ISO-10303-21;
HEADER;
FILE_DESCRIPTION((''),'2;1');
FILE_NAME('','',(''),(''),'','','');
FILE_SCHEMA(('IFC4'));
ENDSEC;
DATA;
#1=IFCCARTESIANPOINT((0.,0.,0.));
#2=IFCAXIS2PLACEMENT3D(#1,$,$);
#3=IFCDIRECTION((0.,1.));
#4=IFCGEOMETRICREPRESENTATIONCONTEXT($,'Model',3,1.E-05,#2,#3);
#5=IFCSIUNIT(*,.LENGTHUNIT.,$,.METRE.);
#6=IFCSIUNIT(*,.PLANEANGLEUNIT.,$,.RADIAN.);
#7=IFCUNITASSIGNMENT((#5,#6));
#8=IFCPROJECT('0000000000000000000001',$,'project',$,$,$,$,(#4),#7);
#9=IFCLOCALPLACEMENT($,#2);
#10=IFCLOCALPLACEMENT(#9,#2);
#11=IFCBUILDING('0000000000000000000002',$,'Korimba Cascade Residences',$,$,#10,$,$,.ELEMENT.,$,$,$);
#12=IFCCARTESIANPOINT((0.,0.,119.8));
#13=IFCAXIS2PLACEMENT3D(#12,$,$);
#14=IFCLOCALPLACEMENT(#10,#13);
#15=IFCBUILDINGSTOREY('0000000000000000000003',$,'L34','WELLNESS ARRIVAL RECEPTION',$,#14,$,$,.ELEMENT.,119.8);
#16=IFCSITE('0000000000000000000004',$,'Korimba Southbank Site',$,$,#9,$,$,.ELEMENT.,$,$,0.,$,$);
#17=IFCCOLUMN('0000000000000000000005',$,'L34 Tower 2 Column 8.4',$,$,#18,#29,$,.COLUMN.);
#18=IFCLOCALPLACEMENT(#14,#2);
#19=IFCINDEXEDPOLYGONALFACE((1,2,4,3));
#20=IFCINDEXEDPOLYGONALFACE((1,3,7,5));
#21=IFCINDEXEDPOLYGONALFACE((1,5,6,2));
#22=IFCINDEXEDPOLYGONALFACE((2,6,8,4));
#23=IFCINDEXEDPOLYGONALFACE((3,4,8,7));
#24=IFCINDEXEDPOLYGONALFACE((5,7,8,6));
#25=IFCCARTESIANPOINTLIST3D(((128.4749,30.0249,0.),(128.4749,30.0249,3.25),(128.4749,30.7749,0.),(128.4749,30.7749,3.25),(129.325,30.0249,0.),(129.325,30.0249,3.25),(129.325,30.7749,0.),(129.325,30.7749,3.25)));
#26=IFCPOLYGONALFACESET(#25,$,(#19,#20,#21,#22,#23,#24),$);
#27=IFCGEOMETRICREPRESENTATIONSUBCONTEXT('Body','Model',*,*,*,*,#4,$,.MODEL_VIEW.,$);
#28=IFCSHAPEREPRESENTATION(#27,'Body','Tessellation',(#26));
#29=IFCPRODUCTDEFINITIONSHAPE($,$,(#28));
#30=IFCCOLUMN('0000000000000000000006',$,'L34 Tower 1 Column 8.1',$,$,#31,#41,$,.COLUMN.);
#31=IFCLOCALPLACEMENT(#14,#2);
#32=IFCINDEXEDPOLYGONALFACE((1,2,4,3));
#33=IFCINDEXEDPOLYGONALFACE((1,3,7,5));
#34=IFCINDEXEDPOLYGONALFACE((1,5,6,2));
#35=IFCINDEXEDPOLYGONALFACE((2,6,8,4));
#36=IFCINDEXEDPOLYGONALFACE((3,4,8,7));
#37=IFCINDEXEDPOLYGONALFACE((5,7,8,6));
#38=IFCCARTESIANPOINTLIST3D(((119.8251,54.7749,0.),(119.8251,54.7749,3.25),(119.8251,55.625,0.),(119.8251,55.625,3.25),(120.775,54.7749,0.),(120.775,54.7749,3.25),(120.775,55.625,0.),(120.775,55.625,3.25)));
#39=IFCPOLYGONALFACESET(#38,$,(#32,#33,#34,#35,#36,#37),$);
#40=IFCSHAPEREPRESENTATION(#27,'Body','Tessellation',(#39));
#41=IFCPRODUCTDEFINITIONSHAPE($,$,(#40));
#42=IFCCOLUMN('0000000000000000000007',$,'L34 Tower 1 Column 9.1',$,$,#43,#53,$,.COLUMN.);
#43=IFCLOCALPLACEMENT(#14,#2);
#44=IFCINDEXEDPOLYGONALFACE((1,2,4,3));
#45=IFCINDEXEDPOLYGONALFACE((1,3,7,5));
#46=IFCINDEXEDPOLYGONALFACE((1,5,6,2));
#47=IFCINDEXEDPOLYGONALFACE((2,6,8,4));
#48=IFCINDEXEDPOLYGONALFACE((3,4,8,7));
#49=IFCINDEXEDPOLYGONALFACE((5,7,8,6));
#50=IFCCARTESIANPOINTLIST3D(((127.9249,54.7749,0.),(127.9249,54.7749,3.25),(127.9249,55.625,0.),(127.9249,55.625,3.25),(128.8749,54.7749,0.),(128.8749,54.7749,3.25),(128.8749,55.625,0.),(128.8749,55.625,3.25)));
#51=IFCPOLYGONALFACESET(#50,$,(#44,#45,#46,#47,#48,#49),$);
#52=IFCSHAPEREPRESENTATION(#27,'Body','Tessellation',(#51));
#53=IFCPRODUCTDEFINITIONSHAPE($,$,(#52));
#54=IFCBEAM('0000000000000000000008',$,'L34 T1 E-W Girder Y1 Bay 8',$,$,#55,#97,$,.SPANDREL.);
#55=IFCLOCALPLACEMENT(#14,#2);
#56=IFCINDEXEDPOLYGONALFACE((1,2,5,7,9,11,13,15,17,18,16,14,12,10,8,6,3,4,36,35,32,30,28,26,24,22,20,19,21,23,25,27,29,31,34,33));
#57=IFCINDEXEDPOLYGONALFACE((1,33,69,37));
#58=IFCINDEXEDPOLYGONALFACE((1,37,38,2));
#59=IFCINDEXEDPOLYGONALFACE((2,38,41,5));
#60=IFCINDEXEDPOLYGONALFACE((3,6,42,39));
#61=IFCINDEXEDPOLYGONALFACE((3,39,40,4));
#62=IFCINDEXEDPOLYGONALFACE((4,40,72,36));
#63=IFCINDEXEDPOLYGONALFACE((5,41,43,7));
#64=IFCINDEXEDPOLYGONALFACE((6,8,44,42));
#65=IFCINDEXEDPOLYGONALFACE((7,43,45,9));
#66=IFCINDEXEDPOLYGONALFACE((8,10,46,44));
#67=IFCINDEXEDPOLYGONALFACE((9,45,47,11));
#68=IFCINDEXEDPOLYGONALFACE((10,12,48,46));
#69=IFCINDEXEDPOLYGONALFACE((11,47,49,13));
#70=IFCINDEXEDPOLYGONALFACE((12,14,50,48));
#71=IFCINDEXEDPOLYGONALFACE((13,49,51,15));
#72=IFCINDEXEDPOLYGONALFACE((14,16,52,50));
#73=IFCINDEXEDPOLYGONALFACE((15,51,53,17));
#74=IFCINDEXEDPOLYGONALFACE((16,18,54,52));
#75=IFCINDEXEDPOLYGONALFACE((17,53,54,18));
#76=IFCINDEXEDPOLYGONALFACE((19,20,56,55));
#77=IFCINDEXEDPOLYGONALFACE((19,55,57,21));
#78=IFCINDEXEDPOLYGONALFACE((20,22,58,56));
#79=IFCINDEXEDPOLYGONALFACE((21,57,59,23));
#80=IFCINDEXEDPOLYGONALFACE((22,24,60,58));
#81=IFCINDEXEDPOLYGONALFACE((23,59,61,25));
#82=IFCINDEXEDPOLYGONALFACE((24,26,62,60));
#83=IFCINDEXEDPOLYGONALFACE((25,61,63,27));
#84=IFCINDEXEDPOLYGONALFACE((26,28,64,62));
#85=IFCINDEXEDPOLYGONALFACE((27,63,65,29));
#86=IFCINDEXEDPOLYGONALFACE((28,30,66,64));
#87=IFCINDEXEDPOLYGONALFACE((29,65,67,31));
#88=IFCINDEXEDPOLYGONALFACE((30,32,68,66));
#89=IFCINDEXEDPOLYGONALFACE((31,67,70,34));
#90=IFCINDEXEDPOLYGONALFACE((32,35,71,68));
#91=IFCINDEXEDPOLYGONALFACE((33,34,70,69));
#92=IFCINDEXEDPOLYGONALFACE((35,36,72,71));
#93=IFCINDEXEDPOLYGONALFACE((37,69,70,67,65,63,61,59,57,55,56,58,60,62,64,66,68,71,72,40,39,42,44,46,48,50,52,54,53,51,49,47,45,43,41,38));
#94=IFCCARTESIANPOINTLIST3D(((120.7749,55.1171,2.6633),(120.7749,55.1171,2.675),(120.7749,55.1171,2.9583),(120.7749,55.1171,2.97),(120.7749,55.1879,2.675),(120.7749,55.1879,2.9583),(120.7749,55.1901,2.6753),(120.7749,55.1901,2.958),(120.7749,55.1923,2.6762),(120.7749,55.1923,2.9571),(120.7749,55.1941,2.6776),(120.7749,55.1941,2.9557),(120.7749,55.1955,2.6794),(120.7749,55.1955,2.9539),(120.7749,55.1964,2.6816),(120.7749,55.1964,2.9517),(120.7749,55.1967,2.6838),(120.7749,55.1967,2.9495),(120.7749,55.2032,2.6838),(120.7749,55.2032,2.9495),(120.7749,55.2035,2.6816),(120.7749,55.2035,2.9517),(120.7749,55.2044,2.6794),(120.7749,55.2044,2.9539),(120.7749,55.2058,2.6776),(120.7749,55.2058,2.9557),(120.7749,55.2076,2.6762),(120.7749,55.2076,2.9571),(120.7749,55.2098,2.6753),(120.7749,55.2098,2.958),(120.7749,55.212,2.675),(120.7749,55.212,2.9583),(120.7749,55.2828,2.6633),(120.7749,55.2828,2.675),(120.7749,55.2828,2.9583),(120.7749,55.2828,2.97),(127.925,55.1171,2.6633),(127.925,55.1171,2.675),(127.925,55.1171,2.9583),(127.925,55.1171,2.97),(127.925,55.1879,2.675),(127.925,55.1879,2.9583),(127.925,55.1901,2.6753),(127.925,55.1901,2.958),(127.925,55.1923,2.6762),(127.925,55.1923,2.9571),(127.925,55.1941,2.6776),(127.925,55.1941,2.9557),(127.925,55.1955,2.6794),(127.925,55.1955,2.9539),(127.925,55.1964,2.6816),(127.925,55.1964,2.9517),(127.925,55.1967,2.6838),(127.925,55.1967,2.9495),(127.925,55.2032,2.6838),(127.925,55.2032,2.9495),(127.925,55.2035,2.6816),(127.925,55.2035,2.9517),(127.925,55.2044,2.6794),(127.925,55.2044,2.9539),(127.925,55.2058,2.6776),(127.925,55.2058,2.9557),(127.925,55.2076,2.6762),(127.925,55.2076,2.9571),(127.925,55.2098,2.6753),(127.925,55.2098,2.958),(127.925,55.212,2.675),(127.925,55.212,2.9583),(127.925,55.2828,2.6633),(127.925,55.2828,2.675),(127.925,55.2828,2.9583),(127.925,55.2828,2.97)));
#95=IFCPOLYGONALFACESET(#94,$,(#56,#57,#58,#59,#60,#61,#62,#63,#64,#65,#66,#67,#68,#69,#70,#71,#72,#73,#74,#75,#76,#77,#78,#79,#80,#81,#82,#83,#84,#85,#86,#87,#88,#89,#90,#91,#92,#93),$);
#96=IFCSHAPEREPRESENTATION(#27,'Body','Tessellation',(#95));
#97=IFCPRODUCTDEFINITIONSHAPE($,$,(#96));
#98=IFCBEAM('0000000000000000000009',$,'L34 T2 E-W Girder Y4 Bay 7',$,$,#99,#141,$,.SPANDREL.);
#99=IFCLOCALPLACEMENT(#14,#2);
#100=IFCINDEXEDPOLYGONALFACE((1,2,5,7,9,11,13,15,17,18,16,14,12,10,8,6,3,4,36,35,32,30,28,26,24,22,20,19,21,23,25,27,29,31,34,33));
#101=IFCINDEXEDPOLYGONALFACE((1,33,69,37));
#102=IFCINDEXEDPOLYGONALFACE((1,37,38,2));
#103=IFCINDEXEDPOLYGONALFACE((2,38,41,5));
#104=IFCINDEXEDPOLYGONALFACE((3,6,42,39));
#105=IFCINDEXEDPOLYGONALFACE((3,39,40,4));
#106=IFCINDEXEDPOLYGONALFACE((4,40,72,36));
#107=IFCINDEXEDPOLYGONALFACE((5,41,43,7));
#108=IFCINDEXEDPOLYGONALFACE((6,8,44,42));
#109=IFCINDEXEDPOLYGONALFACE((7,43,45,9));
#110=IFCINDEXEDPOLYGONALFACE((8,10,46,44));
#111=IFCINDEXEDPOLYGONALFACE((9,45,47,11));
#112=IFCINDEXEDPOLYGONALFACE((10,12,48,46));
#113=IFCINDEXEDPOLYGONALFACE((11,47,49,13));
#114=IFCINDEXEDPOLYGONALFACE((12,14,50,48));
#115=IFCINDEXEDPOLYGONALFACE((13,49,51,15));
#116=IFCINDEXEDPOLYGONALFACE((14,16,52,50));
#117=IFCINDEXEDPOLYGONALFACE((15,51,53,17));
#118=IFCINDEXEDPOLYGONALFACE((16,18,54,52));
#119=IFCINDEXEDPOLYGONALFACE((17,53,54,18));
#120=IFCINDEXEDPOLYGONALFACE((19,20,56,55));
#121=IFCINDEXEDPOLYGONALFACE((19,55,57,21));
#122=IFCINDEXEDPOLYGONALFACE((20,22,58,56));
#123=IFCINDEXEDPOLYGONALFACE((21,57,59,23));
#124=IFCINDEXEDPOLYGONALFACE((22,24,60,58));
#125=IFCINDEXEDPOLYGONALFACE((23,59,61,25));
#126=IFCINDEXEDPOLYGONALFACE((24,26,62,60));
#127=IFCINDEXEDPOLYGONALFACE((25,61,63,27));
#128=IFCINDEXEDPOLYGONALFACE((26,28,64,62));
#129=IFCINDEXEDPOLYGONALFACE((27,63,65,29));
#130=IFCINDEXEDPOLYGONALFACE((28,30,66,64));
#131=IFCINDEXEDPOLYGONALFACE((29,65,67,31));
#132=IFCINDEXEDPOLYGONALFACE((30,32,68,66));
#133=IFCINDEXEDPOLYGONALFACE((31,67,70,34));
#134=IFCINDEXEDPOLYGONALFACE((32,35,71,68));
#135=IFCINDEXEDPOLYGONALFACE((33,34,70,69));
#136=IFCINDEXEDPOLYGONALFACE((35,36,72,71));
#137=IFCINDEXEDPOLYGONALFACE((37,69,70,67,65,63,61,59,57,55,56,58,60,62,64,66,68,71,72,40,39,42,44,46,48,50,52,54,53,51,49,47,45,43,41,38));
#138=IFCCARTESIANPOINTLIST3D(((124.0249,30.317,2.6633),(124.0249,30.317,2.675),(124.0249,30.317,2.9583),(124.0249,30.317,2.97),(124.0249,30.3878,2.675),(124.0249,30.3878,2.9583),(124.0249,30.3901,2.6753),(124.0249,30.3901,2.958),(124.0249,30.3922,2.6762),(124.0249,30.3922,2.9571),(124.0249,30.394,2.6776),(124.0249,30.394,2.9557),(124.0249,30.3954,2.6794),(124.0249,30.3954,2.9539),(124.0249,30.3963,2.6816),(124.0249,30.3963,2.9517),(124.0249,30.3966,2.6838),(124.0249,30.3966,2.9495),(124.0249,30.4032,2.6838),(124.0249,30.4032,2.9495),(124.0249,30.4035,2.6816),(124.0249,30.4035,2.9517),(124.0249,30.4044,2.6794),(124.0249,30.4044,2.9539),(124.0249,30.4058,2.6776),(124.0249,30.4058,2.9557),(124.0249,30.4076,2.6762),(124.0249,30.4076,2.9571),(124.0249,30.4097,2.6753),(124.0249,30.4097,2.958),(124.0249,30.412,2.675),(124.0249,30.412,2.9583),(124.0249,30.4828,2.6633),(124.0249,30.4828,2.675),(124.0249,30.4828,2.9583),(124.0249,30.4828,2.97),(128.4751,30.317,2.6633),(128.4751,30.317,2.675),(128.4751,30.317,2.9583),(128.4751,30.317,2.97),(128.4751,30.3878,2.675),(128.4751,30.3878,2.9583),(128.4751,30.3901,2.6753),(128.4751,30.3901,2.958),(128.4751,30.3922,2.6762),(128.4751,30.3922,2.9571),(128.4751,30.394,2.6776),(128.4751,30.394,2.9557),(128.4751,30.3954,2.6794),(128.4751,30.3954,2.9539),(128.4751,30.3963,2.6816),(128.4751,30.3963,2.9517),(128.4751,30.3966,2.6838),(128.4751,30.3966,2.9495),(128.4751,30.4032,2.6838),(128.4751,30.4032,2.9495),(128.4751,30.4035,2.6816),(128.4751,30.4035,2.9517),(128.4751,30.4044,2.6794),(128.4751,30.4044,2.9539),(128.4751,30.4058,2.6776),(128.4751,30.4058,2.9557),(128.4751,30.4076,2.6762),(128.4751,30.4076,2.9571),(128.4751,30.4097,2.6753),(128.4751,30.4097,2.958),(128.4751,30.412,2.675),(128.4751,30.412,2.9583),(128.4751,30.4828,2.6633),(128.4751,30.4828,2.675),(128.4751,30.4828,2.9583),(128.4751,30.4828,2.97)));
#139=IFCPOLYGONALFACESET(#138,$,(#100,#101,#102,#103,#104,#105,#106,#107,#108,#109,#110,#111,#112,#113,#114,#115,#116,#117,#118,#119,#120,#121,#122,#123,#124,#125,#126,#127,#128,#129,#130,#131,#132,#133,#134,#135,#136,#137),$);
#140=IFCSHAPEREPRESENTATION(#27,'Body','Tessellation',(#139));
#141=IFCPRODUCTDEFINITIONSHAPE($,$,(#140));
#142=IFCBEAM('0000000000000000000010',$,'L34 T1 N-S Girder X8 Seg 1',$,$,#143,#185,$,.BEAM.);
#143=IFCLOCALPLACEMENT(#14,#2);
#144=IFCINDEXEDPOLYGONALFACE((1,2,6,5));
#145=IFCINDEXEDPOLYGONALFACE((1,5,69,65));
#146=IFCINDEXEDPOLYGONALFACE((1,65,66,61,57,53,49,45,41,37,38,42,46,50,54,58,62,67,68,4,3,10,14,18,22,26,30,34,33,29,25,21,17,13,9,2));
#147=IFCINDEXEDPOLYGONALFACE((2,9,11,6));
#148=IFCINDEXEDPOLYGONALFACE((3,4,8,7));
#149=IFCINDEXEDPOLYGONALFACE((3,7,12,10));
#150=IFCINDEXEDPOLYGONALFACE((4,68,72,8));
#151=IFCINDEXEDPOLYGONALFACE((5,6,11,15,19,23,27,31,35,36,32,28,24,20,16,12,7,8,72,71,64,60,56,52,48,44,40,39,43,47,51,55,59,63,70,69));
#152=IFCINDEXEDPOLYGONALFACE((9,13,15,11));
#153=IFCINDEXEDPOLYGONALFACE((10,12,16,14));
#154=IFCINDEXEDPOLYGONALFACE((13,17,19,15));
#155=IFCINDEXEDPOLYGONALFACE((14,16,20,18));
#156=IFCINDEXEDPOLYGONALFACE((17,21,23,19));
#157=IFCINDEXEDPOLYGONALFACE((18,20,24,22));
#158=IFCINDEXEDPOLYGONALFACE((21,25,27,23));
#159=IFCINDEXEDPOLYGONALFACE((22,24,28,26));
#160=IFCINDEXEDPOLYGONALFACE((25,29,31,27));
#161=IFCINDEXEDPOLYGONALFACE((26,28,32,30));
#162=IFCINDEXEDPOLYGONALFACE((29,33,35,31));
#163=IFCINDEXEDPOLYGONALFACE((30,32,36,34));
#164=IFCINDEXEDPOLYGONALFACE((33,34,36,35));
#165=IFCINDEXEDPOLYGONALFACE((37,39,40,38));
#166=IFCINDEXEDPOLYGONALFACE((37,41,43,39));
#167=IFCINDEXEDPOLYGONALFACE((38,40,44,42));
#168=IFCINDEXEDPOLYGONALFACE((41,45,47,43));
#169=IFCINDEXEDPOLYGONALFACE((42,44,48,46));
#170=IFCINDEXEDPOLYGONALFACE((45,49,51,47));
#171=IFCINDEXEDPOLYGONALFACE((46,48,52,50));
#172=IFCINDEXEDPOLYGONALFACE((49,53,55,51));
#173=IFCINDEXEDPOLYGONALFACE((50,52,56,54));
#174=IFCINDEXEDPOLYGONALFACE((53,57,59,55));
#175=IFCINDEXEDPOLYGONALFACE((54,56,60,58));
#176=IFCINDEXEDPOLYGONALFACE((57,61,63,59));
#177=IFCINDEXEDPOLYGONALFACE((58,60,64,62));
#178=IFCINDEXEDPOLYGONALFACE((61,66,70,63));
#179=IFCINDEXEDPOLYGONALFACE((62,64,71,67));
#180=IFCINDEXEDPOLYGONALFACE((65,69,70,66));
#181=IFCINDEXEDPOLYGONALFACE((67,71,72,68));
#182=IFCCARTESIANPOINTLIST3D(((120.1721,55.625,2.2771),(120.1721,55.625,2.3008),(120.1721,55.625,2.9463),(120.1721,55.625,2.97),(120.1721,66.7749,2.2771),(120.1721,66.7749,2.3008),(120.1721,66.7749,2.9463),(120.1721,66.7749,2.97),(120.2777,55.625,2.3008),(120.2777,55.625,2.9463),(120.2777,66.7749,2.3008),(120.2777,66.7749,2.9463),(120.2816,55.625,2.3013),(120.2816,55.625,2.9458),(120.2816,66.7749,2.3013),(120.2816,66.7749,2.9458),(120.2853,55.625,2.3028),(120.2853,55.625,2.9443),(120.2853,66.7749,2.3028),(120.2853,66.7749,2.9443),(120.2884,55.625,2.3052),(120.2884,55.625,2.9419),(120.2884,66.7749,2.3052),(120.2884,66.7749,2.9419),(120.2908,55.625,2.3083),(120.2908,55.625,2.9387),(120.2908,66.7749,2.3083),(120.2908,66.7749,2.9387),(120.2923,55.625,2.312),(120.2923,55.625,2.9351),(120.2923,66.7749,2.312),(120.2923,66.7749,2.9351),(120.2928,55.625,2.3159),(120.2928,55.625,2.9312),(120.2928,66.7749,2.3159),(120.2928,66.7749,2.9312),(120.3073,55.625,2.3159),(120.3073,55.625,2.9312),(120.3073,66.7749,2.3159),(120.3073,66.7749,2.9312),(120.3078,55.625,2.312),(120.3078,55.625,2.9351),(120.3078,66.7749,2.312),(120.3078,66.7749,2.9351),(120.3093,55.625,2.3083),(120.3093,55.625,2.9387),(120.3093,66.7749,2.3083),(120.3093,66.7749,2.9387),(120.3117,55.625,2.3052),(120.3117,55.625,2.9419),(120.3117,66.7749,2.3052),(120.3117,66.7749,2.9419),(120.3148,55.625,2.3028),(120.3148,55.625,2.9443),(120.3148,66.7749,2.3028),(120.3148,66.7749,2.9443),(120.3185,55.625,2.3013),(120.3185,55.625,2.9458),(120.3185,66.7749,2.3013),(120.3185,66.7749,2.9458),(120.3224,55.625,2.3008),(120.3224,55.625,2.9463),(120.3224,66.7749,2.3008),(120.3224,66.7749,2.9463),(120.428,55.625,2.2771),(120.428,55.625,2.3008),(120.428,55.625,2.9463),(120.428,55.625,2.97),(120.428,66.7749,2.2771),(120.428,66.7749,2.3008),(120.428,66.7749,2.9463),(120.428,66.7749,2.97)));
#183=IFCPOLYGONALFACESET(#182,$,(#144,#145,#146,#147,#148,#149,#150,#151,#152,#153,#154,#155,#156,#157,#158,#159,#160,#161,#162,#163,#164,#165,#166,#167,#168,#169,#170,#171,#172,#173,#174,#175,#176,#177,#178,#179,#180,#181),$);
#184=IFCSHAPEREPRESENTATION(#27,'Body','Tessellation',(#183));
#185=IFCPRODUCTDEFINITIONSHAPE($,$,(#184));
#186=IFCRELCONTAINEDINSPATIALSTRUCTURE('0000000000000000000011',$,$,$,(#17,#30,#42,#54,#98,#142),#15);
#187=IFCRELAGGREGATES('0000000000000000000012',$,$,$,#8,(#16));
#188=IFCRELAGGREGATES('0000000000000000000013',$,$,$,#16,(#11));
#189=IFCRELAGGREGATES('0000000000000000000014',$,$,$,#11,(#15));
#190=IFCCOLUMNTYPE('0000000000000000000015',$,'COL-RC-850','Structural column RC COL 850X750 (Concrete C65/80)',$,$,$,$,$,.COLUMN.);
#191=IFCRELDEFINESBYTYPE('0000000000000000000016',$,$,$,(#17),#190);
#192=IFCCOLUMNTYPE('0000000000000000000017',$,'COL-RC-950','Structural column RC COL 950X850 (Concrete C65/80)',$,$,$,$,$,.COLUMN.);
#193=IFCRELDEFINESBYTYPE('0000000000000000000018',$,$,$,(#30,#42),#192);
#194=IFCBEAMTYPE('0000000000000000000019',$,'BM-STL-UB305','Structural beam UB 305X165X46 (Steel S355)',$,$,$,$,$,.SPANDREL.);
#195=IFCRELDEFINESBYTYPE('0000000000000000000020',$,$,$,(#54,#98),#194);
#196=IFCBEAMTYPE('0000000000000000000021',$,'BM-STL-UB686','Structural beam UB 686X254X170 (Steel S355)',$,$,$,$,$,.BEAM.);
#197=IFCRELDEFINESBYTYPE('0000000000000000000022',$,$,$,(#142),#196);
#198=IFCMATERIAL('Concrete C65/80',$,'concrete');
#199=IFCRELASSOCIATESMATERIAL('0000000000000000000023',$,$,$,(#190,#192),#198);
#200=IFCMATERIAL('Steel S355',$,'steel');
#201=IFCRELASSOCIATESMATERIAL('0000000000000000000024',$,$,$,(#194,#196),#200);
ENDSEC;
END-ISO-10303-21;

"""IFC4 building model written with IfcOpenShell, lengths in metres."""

from ifc_helpers import new_model, si_unit, direction, frame, origin, origin_2d, place, context, subcontext, project, spatial, rectangle, i_section, extrude, material, material_profile, profile_set, type_object, element, save


model = new_model("IFC4")

# Units and contexts
model_context = context("Model", 3, precision=1e-05, world=origin(), true_north=direction((0.0, 1.0)))
body_context = subcontext(model_context, "Body", "Model", "MODEL_VIEW")
ifc_project = project(units=[si_unit("LENGTHUNIT", "METRE"), si_unit("PLANEANGLEUNIT", "RADIAN")], contexts=[model_context])

# Site, building, storey
site_placement = place(None, origin())
site = spatial("IfcSite", under=ifc_project, at=site_placement, Name="Korimba Southbank Site", CompositionType="ELEMENT", RefElevation=0.0)
building_placement = place(site_placement, origin())
building = spatial("IfcBuilding", under=site, at=building_placement, Name="Korimba Cascade Residences", CompositionType="ELEMENT")
storey_placement = place(building_placement, frame((0.0, 0.0, 119.8)))
storey = spatial("IfcBuildingStorey", under=building, at=storey_placement, Name="L34", Description="WELLNESS ARRIVAL RECEPTION", CompositionType="ELEMENT", Elevation=119.8)

# Columns
ifc_material_1 = material(Name="Concrete C65/80", Category="concrete")
ifc_material_profile_1 = material_profile(ifc_material_1, rectangle(XDim=0.8501, YDim=0.75, at=origin_2d()), Name="Concrete C65/80")
ifc_profile_set_1 = profile_set([ifc_material_profile_1], Name="Concrete C65/80")
column_type_1 = type_object("IfcColumnType", Name="COL-RC-850", Description="Structural column RC COL 850X750 (Concrete C65/80)", PredefinedType="COLUMN", material=ifc_profile_set_1)
column_placement = place(storey_placement, frame((128.8999, 30.3999, 0.0), z_axis=(0.0, 0.0, 1.0), x_axis=(1.0, 0.0, 0.0)))
element("IfcColumn", 1, at=column_placement, inside=storey, type_object=column_type_1, Name="L34 Tower 2 Column 8.4", PredefinedType="COLUMN", context=body_context, shape_type="SweptSolid", body=[
    extrude(rectangle(XDim=0.8501, YDim=0.75, at=origin_2d()), origin(), (0.0, 0.0, 1.0), 3.25),
])
ifc_material_profile_2 = material_profile(ifc_material_1, rectangle(XDim=0.95, YDim=0.8501, at=origin_2d()), Name="Concrete C65/80")
ifc_profile_set_2 = profile_set([ifc_material_profile_2], Name="Concrete C65/80")
column_type_2 = type_object("IfcColumnType", Name="COL-RC-950", Description="Structural column RC COL 950X850 (Concrete C65/80)", PredefinedType="COLUMN", material=ifc_profile_set_2)
for number, where, z_axis, x_axis, name in (
    (2, (120.3, 55.2, 0.0), (0.0, 0.0, 1.0), (1.0, 0.0, 0.0), "L34 Tower 1 Column 8.1"),
    (3, (128.3999, 55.2, 0.0), (0.0, 0.0, 1.0), (1.0, 0.0, 0.0), "L34 Tower 1 Column 9.1"),
):
    element("IfcColumn", number, at=place(storey_placement, frame(where, z_axis=z_axis, x_axis=x_axis)), inside=storey, type_object=column_type_2, Name=name, PredefinedType="COLUMN", context=body_context, shape_type="SweptSolid", body=[
        extrude(rectangle(XDim=0.95, YDim=0.8501, at=origin_2d()), origin(), (0.0, 0.0, 1.0), 3.25),
    ])

# Beams
ifc_material_2 = material(Name="Steel S355", Category="steel")
ifc_material_profile_3 = material_profile(ifc_material_2, i_section(OverallWidth=0.1658, OverallDepth=0.3066, WebThickness=0.0066, FlangeThickness=0.0117, FilletRadius=0.0088, at=origin_2d()), Name="Steel S355")
ifc_profile_set_3 = profile_set([ifc_material_profile_3], Name="Steel S355")
beam_type_1 = type_object("IfcBeamType", Name="BM-STL-UB305", Description="Structural beam UB 305X165X46 (Steel S355)", PredefinedType="SPANDREL", material=ifc_profile_set_3)
beam_1_placement = place(storey_placement, frame((120.7749, 55.2, 2.8167), z_axis=(1.0, 0.0, 0.0), x_axis=(0.0, 1.0, 0.0)))
element("IfcBeam", 4, at=beam_1_placement, inside=storey, type_object=beam_type_1, Name="L34 T1 E-W Girder Y1 Bay 8", PredefinedType="SPANDREL", context=body_context, shape_type="SweptSolid", body=[
    extrude(i_section(OverallWidth=0.1658, OverallDepth=0.3066, WebThickness=0.0066, FlangeThickness=0.0117, FilletRadius=0.0088, at=origin_2d()), origin(), (0.0, 0.0, 1.0), 7.1501),
])
beam_2_placement = place(storey_placement, frame((124.0249, 30.3999, 2.8167), z_axis=(1.0, 0.0, 0.0), x_axis=(0.0, 1.0, 0.0)))
element("IfcBeam", 5, at=beam_2_placement, inside=storey, type_object=beam_type_1, Name="L34 T2 E-W Girder Y4 Bay 7", PredefinedType="SPANDREL", context=body_context, shape_type="SweptSolid", body=[
    extrude(i_section(OverallWidth=0.1658, OverallDepth=0.3066, WebThickness=0.0066, FlangeThickness=0.0117, FilletRadius=0.0088, at=origin_2d()), origin(), (0.0, 0.0, 1.0), 4.4502),
])
ifc_material_profile_4 = material_profile(ifc_material_2, i_section(OverallWidth=0.2559, OverallDepth=0.6929, WebThickness=0.0144, FlangeThickness=0.0237, FilletRadius=0.0151, at=origin_2d()), Name="Steel S355")
ifc_profile_set_4 = profile_set([ifc_material_profile_4], Name="Steel S355")
beam_type_2 = type_object("IfcBeamType", Name="BM-STL-UB686", Description="Structural beam UB 686X254X170 (Steel S355)", PredefinedType="BEAM", material=ifc_profile_set_4)
for number, where, z_axis, x_axis, name in (
    (6, (120.3, 55.625, 2.6235), (0.0, 1.0, 0.0), (-1.0, 0.0, 0.0), "L34 T1 N-S Girder X8 Seg 1"),
):
    element("IfcBeam", number, at=place(storey_placement, frame(where, z_axis=z_axis, x_axis=x_axis)), inside=storey, type_object=beam_type_2, Name=name, PredefinedType="BEAM", context=body_context, shape_type="SweptSolid", body=[
        extrude(i_section(OverallWidth=0.2559, OverallDepth=0.6929, WebThickness=0.0144, FlangeThickness=0.0237, FilletRadius=0.0151, at=origin_2d()), origin(), (0.0, 0.0, 1.0), 11.1499),
    ])

save(model, "model.ifc")
